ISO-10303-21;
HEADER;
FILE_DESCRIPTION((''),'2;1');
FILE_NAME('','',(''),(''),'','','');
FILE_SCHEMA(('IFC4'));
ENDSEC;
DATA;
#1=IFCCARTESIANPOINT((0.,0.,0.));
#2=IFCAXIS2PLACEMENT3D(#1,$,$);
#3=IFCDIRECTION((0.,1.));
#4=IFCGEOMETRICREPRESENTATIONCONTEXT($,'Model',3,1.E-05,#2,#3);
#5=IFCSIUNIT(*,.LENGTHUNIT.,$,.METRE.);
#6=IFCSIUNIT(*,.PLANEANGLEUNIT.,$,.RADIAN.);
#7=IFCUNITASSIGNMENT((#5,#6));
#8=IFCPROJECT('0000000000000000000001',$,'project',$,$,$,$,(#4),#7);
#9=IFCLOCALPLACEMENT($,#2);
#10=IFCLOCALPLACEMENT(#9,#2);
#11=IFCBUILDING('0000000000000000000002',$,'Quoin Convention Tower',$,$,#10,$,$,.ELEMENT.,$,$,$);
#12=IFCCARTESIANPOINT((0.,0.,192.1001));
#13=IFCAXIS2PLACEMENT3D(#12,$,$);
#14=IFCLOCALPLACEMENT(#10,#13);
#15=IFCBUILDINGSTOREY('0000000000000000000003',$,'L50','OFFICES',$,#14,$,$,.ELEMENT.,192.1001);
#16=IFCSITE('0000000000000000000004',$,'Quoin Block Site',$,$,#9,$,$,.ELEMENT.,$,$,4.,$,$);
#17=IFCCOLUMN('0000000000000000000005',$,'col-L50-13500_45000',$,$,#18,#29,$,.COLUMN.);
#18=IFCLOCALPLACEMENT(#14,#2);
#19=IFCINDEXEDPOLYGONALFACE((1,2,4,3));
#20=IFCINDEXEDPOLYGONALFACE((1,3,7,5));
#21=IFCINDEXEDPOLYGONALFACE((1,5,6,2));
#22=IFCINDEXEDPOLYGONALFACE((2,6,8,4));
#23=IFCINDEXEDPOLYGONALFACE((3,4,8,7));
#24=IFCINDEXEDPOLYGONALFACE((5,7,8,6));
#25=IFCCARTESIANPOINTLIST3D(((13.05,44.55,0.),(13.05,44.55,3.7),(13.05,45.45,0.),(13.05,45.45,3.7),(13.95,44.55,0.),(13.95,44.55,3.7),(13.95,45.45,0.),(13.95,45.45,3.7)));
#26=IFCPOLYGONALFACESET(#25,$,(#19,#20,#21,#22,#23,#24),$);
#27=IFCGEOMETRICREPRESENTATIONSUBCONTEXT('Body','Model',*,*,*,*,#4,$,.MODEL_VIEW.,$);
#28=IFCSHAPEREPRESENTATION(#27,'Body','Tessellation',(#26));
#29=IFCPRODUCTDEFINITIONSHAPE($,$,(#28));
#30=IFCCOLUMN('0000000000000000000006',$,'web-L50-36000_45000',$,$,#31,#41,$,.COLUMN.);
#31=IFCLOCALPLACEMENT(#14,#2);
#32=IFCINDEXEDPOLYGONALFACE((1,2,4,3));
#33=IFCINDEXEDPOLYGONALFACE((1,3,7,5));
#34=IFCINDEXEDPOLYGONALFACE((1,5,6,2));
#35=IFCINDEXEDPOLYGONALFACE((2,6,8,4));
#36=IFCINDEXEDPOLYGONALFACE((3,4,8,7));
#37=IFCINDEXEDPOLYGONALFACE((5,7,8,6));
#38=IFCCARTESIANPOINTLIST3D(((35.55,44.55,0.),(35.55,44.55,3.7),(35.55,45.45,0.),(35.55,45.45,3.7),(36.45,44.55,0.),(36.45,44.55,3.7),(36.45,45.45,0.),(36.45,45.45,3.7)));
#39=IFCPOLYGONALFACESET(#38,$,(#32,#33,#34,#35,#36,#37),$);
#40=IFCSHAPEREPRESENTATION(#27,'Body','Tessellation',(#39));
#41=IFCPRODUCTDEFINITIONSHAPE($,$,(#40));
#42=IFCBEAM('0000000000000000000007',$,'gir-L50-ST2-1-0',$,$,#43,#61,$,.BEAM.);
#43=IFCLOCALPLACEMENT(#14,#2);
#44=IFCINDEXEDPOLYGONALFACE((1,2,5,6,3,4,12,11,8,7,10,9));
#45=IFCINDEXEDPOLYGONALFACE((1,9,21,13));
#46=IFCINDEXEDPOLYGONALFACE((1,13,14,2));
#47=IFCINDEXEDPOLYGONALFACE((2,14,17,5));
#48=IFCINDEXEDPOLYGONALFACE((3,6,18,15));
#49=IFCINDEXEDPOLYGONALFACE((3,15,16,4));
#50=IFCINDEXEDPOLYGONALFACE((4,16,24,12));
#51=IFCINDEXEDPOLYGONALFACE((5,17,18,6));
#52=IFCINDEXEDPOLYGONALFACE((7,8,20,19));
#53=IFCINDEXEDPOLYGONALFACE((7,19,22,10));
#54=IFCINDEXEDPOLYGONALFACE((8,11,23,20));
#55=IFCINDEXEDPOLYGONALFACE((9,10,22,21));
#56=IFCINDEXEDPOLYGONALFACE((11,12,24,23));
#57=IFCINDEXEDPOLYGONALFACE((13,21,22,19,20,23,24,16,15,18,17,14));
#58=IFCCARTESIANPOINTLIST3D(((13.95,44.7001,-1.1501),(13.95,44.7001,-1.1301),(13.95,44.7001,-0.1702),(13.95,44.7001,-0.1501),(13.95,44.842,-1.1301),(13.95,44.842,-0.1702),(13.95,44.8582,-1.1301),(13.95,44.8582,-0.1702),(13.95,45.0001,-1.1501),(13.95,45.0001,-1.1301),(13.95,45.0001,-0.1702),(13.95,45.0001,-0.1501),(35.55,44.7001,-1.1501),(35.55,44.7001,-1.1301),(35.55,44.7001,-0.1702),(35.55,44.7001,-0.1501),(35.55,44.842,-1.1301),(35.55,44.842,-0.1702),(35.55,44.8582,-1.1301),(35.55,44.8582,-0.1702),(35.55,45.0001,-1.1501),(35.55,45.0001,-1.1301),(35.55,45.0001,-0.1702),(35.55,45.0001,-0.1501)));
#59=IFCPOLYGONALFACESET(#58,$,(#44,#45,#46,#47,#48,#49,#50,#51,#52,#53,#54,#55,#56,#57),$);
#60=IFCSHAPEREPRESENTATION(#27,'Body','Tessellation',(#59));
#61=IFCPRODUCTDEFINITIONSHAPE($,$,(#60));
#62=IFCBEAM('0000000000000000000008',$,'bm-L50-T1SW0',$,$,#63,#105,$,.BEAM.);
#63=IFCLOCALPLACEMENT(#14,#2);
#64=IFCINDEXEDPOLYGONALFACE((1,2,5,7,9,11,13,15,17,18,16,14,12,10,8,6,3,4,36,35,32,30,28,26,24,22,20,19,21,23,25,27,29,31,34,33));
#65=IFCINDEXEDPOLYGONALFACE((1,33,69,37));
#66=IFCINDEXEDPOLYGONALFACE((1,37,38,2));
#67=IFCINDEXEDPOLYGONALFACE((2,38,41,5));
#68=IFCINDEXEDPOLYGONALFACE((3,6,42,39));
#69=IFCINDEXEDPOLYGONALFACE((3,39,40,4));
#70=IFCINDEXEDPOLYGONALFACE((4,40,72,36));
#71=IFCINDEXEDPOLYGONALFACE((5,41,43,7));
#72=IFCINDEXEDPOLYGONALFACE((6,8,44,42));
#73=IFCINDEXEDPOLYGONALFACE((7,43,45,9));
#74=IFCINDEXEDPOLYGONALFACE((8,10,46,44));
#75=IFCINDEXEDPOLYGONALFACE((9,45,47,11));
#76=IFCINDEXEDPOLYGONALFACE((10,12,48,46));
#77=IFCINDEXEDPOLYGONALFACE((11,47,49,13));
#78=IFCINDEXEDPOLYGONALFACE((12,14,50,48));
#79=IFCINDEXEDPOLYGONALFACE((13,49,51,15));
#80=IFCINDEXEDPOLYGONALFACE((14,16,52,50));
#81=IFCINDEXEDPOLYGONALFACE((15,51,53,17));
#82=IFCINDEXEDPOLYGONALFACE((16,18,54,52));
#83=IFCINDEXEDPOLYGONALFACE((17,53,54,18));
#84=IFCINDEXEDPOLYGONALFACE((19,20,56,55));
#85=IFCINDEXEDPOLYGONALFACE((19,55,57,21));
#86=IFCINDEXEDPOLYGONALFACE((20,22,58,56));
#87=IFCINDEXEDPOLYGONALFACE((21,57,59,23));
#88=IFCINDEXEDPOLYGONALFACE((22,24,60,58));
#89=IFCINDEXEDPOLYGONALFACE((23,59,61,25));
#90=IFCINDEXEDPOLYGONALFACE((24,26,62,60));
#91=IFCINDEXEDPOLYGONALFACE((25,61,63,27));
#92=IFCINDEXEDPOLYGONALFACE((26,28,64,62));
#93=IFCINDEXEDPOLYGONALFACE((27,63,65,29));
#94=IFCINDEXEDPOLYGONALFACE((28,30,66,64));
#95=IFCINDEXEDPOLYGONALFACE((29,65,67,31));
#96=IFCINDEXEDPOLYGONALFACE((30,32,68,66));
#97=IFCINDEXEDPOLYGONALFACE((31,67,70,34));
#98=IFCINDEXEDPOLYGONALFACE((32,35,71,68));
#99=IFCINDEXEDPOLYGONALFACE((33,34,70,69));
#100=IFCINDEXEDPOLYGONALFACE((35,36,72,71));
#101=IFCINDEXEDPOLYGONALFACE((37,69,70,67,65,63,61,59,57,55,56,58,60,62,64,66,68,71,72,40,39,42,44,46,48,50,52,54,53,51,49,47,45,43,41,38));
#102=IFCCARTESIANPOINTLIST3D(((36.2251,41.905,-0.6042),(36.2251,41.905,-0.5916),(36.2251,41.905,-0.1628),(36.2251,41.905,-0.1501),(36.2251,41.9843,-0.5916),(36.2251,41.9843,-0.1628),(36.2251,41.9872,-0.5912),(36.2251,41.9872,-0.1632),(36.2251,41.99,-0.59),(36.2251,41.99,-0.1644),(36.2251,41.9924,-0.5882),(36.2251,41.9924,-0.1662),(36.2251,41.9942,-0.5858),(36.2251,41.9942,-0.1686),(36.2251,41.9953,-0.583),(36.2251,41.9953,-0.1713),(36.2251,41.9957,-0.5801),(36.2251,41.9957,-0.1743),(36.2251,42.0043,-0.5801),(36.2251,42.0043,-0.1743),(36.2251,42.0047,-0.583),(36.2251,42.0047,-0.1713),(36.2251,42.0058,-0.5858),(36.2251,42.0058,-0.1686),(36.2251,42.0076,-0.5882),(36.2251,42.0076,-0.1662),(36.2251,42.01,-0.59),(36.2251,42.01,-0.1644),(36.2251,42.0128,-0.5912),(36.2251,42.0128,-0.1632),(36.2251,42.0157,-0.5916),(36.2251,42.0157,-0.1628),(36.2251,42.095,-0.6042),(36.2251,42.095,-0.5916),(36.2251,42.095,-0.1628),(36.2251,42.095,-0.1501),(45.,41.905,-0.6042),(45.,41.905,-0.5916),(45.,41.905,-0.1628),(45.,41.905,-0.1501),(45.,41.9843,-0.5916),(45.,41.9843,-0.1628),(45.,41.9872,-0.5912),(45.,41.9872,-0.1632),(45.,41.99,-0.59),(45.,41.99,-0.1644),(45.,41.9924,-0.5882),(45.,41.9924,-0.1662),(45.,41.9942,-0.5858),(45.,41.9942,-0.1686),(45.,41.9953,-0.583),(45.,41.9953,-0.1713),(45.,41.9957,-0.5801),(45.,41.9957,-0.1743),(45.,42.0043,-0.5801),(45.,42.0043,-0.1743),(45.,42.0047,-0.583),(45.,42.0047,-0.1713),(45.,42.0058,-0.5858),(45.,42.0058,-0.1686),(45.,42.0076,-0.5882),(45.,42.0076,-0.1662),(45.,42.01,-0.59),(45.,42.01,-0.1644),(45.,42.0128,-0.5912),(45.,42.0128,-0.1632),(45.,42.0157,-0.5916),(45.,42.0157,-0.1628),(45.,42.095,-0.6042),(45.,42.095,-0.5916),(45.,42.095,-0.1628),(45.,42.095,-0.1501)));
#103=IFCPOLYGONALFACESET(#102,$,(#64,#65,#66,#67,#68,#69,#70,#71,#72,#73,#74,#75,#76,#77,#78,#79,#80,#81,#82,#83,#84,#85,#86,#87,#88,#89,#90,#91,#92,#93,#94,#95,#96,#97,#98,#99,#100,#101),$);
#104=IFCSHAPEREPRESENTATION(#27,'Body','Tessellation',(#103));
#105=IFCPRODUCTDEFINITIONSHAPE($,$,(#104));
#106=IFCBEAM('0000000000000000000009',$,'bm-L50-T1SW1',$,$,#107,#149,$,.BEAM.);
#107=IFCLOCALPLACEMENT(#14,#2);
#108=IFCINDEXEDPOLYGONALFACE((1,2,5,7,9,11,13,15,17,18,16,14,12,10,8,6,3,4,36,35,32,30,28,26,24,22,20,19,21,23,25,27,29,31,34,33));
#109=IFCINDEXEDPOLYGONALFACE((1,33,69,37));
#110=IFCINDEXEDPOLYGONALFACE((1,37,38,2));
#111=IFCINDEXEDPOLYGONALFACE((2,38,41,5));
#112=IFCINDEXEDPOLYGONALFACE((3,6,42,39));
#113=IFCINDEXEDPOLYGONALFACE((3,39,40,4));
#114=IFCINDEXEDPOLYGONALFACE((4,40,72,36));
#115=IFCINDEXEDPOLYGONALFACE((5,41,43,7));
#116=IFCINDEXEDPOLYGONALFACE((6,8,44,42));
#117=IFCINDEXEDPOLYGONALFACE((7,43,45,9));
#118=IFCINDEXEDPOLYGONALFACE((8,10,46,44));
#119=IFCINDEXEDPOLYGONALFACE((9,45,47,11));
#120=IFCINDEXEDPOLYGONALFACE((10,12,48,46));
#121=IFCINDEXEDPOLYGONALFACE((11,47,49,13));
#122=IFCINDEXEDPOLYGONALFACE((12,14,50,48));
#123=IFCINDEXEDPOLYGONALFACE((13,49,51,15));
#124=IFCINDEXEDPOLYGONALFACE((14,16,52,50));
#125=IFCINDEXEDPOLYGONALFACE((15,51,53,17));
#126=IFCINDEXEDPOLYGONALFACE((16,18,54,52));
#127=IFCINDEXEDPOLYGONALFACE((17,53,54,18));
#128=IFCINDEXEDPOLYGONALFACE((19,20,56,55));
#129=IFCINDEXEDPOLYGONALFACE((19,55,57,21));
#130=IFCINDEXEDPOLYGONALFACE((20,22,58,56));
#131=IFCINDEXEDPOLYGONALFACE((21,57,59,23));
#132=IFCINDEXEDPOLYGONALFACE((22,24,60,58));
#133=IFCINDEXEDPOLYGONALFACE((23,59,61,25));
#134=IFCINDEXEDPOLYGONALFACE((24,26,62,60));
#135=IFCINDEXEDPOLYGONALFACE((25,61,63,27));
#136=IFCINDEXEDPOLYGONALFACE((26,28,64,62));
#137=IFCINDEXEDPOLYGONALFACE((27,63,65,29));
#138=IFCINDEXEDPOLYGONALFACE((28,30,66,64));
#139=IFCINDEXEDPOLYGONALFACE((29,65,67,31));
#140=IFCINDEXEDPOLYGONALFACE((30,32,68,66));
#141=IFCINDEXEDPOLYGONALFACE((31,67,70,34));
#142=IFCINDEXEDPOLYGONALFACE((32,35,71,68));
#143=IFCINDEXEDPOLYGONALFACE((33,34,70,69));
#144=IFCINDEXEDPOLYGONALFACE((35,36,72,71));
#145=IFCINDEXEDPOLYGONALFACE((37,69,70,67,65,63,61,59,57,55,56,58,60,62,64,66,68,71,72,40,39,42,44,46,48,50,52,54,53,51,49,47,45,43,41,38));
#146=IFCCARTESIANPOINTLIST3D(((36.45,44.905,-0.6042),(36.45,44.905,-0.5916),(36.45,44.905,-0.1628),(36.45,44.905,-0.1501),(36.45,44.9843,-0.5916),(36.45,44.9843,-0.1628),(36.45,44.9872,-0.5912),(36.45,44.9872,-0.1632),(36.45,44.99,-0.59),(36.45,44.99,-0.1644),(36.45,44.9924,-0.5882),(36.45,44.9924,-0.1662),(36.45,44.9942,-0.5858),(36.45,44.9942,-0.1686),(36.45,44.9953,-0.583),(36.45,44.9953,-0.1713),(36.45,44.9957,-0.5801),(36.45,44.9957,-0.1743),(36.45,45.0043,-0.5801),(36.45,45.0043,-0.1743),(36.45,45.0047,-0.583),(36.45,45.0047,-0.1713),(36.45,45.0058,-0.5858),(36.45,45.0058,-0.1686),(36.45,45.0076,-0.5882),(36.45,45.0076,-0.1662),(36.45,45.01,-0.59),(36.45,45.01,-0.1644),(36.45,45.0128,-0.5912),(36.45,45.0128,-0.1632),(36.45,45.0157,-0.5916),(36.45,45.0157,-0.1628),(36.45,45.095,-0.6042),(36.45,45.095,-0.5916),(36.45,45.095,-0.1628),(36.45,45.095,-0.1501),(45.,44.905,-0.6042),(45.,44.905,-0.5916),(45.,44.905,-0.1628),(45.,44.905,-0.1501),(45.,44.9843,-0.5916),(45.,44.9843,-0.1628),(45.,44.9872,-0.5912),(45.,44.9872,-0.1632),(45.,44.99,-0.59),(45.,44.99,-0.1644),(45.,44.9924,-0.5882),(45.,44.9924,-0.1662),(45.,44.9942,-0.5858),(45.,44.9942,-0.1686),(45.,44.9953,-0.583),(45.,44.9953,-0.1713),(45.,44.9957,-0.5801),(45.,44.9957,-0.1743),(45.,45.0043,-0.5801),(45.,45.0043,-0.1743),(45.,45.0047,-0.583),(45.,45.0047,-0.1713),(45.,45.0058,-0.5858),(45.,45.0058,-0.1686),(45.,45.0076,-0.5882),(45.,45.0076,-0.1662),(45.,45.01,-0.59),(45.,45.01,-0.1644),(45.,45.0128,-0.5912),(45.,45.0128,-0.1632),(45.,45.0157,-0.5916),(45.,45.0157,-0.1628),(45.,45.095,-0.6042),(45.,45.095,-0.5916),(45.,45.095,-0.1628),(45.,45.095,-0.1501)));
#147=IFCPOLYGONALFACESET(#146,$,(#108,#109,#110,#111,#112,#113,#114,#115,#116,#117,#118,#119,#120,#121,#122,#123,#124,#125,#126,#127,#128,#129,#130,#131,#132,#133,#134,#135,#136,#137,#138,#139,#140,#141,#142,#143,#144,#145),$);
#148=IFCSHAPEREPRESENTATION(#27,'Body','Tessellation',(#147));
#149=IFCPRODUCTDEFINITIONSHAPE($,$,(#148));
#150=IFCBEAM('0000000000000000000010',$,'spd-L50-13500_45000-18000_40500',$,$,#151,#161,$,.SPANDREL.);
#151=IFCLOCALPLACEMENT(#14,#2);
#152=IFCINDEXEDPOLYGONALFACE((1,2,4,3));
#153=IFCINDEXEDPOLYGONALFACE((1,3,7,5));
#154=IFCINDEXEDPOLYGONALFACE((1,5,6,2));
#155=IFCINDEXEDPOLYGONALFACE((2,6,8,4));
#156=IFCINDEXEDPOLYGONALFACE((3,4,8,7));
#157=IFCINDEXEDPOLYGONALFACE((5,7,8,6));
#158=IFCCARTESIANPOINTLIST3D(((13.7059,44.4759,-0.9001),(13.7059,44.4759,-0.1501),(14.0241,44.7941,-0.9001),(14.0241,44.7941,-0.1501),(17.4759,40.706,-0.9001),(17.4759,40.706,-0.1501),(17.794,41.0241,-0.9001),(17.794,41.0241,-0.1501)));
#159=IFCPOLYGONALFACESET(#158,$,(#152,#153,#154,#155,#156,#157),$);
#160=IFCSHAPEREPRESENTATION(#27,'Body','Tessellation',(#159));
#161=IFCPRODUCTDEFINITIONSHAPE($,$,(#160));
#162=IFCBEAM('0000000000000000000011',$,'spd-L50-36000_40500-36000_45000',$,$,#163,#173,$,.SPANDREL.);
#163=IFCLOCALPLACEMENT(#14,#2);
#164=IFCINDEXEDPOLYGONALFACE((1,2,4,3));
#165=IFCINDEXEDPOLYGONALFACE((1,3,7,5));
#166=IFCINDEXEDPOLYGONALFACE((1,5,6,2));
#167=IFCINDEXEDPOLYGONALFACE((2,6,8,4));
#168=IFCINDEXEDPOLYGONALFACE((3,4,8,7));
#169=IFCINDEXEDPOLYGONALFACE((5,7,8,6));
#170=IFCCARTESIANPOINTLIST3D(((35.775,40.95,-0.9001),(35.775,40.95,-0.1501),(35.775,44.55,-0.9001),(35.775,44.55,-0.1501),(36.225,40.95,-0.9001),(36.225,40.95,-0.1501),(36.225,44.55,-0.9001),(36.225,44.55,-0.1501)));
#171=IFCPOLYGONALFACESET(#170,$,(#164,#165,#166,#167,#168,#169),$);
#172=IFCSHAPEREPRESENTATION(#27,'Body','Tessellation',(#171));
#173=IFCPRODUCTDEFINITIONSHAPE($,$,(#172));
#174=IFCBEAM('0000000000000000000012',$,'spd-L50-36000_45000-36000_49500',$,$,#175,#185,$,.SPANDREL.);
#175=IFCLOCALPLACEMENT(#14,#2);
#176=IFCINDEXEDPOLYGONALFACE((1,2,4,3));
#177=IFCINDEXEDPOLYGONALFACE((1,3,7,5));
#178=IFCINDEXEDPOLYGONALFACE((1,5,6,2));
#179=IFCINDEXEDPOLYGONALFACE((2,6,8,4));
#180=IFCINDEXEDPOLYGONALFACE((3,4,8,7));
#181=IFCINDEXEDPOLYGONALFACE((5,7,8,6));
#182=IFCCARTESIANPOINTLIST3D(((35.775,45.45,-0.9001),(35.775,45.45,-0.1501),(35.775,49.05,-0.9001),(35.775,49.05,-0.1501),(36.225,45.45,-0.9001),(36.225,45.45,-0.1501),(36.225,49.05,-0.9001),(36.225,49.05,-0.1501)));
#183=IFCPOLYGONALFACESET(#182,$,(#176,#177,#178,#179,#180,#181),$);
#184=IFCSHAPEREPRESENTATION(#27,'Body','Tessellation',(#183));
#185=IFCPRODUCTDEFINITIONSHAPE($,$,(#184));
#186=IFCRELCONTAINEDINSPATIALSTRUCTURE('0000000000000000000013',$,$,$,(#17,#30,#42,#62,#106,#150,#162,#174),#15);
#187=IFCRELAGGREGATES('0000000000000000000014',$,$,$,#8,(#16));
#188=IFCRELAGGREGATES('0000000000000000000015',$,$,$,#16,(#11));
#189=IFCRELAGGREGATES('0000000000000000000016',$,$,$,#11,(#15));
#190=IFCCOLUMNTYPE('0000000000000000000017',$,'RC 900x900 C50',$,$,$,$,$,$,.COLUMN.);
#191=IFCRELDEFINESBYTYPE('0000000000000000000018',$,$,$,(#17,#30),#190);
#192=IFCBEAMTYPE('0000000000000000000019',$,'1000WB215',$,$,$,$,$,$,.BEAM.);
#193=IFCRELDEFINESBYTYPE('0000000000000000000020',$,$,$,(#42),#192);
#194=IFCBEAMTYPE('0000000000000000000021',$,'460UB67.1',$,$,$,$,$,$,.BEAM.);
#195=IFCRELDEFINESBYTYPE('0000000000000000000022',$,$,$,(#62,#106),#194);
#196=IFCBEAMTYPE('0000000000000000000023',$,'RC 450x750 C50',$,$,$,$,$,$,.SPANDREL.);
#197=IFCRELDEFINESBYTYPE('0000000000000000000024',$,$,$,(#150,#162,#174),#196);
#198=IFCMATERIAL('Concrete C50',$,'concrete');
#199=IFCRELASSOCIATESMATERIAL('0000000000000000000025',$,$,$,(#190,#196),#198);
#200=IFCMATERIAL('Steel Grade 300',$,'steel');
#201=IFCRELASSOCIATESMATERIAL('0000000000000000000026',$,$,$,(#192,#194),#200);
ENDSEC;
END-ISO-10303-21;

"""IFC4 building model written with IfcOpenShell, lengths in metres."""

from ifc_helpers import new_model, si_unit, direction, frame, origin, origin_2d, place, context, subcontext, project, spatial, rectangle, i_section, extrude, material, material_profile, profile_set, type_object, element, save


model = new_model("IFC4")

# Units and contexts
model_context = context("Model", 3, precision=1e-05, world=origin(), true_north=direction((0.0, 1.0)))
body_context = subcontext(model_context, "Body", "Model", "MODEL_VIEW")
ifc_project = project(units=[si_unit("LENGTHUNIT", "METRE"), si_unit("PLANEANGLEUNIT", "RADIAN")], contexts=[model_context])

# Site, building, storey
site_placement = place(None, origin())
site = spatial("IfcSite", under=ifc_project, at=site_placement, Name="Quoin Block Site", CompositionType="ELEMENT", RefElevation=4.0)
building_placement = place(site_placement, origin())
building = spatial("IfcBuilding", under=site, at=building_placement, Name="Quoin Convention Tower", CompositionType="ELEMENT")
storey_placement = place(building_placement, frame((0.0, 0.0, 192.1001)))
storey = spatial("IfcBuildingStorey", under=building, at=storey_placement, Name="L50", Description="OFFICES", CompositionType="ELEMENT", Elevation=192.1001)

# Columns
ifc_material_1 = material(Name="Concrete C50", Category="concrete")
ifc_material_profile_1 = material_profile(ifc_material_1, rectangle(XDim=0.8999, YDim=0.8999, at=origin_2d()), Name="RC 900x900")
ifc_profile_set_1 = profile_set([ifc_material_profile_1], Name="Concrete C50")
column_type = type_object("IfcColumnType", Name="RC 900x900 C50", PredefinedType="COLUMN", material=ifc_profile_set_1)
for number, where, z_axis, x_axis, name in (
    (1, (13.5, 45.0, 0.0), (0.0, 0.0, 1.0), (1.0, 0.0, 0.0), "col-L50-13500_45000"),
    (2, (36.0, 45.0, 0.0), (0.0, 0.0, 1.0), (1.0, 0.0, 0.0), "web-L50-36000_45000"),
):
    element("IfcColumn", number, at=place(storey_placement, frame(where, z_axis=z_axis, x_axis=x_axis)), inside=storey, type_object=column_type, Name=name, PredefinedType="COLUMN", context=body_context, shape_type="SweptSolid", body=[
        extrude(rectangle(XDim=0.8999, YDim=0.8999, at=origin_2d()), origin(), (0.0, 0.0, 1.0), 3.7),
    ])

# Beams
ifc_material_2 = material(Name="Steel Grade 300", Category="steel")
ifc_material_profile_2 = material_profile(ifc_material_2, i_section(OverallWidth=0.3, OverallDepth=1.0, WebThickness=0.0161, FlangeThickness=0.02, at=origin_2d()), Name="1000WB215")
ifc_profile_set_2 = profile_set([ifc_material_profile_2], Name="Steel Grade 300")
beam_type_1 = type_object("IfcBeamType", Name="1000WB215", PredefinedType="BEAM", material=ifc_profile_set_2)
beam_1_placement = place(storey_placement, frame((13.95, 44.8501, -0.6501), z_axis=(1.0, 0.0, 0.0), x_axis=(0.0, 1.0, 0.0)))
element("IfcBeam", 3, at=beam_1_placement, inside=storey, type_object=beam_type_1, Name="gir-L50-ST2-1-0", PredefinedType="BEAM", context=body_context, shape_type="SweptSolid", body=[
    extrude(i_section(OverallWidth=0.3, OverallDepth=1.0, WebThickness=0.0161, FlangeThickness=0.02, at=origin_2d()), origin(), (0.0, 0.0, 1.0), 21.6001),
])
ifc_material_profile_3 = material_profile(ifc_material_2, i_section(OverallWidth=0.1899, OverallDepth=0.4541, WebThickness=0.0085, FlangeThickness=0.0127, FilletRadius=0.0115, at=origin_2d()), Name="460UB67.1")
ifc_profile_set_3 = profile_set([ifc_material_profile_3], Name="Steel Grade 300")
beam_type_2 = type_object("IfcBeamType", Name="460UB67.1", PredefinedType="BEAM", material=ifc_profile_set_3)
beam_2_placement = place(storey_placement, frame((36.2251, 42.0, -0.3772), z_axis=(1.0, 0.0, 0.0), x_axis=(0.0, 1.0, 0.0)))
element("IfcBeam", 4, at=beam_2_placement, inside=storey, type_object=beam_type_2, Name="bm-L50-T1SW0", PredefinedType="BEAM", context=body_context, shape_type="SweptSolid", body=[
    extrude(i_section(OverallWidth=0.1899, OverallDepth=0.4541, WebThickness=0.0085, FlangeThickness=0.0127, FilletRadius=0.0115, at=origin_2d()), origin(), (0.0, 0.0, 1.0), 8.7749),
])
beam_3_placement = place(storey_placement, frame((36.45, 45.0, -0.3772), z_axis=(1.0, 0.0, 0.0), x_axis=(0.0, 1.0, 0.0)))
element("IfcBeam", 5, at=beam_3_placement, inside=storey, type_object=beam_type_2, Name="bm-L50-T1SW1", PredefinedType="BEAM", context=body_context, shape_type="SweptSolid", body=[
    extrude(i_section(OverallWidth=0.1899, OverallDepth=0.4541, WebThickness=0.0085, FlangeThickness=0.0127, FilletRadius=0.0115, at=origin_2d()), origin(), (0.0, 0.0, 1.0), 8.55),
])
ifc_material_profile_4 = material_profile(ifc_material_1, rectangle(XDim=0.45, YDim=0.75, at=origin_2d()), Name="RC 450x750")
ifc_profile_set_4 = profile_set([ifc_material_profile_4], Name="Concrete C50")
beam_type_3 = type_object("IfcBeamType", Name="RC 450x750 C50", PredefinedType="SPANDREL", material=ifc_profile_set_4)
beam_4_placement = place(storey_placement, frame((13.865, 44.635, -0.5251), z_axis=(0.707107, -0.707107, 0.0), x_axis=(0.707107, 0.707107, 0.0)))
element("IfcBeam", 6, at=beam_4_placement, inside=storey, type_object=beam_type_3, Name="spd-L50-13500_45000-18000_40500", PredefinedType="SPANDREL", context=body_context, shape_type="SweptSolid", body=[
    extrude(rectangle(XDim=0.45, YDim=0.75, at=origin_2d()), origin(), (0.0, 0.0, 1.0), 5.3315),
])
for number, where, z_axis, x_axis, name in (
    (7, (36.0, 40.95, -0.5251), (0.0, 1.0, 0.0), (-1.0, 0.0, 0.0), "spd-L50-36000_40500-36000_45000"),
    (8, (36.0, 45.45, -0.5251), (0.0, 1.0, 0.0), (-1.0, 0.0, 0.0), "spd-L50-36000_45000-36000_49500"),
):
    element("IfcBeam", number, at=place(storey_placement, frame(where, z_axis=z_axis, x_axis=x_axis)), inside=storey, type_object=beam_type_3, Name=name, PredefinedType="SPANDREL", context=body_context, shape_type="SweptSolid", body=[
        extrude(rectangle(XDim=0.45, YDim=0.75, at=origin_2d()), origin(), (0.0, 0.0, 1.0), 3.6001),
    ])

save(model, "model.ifc")
